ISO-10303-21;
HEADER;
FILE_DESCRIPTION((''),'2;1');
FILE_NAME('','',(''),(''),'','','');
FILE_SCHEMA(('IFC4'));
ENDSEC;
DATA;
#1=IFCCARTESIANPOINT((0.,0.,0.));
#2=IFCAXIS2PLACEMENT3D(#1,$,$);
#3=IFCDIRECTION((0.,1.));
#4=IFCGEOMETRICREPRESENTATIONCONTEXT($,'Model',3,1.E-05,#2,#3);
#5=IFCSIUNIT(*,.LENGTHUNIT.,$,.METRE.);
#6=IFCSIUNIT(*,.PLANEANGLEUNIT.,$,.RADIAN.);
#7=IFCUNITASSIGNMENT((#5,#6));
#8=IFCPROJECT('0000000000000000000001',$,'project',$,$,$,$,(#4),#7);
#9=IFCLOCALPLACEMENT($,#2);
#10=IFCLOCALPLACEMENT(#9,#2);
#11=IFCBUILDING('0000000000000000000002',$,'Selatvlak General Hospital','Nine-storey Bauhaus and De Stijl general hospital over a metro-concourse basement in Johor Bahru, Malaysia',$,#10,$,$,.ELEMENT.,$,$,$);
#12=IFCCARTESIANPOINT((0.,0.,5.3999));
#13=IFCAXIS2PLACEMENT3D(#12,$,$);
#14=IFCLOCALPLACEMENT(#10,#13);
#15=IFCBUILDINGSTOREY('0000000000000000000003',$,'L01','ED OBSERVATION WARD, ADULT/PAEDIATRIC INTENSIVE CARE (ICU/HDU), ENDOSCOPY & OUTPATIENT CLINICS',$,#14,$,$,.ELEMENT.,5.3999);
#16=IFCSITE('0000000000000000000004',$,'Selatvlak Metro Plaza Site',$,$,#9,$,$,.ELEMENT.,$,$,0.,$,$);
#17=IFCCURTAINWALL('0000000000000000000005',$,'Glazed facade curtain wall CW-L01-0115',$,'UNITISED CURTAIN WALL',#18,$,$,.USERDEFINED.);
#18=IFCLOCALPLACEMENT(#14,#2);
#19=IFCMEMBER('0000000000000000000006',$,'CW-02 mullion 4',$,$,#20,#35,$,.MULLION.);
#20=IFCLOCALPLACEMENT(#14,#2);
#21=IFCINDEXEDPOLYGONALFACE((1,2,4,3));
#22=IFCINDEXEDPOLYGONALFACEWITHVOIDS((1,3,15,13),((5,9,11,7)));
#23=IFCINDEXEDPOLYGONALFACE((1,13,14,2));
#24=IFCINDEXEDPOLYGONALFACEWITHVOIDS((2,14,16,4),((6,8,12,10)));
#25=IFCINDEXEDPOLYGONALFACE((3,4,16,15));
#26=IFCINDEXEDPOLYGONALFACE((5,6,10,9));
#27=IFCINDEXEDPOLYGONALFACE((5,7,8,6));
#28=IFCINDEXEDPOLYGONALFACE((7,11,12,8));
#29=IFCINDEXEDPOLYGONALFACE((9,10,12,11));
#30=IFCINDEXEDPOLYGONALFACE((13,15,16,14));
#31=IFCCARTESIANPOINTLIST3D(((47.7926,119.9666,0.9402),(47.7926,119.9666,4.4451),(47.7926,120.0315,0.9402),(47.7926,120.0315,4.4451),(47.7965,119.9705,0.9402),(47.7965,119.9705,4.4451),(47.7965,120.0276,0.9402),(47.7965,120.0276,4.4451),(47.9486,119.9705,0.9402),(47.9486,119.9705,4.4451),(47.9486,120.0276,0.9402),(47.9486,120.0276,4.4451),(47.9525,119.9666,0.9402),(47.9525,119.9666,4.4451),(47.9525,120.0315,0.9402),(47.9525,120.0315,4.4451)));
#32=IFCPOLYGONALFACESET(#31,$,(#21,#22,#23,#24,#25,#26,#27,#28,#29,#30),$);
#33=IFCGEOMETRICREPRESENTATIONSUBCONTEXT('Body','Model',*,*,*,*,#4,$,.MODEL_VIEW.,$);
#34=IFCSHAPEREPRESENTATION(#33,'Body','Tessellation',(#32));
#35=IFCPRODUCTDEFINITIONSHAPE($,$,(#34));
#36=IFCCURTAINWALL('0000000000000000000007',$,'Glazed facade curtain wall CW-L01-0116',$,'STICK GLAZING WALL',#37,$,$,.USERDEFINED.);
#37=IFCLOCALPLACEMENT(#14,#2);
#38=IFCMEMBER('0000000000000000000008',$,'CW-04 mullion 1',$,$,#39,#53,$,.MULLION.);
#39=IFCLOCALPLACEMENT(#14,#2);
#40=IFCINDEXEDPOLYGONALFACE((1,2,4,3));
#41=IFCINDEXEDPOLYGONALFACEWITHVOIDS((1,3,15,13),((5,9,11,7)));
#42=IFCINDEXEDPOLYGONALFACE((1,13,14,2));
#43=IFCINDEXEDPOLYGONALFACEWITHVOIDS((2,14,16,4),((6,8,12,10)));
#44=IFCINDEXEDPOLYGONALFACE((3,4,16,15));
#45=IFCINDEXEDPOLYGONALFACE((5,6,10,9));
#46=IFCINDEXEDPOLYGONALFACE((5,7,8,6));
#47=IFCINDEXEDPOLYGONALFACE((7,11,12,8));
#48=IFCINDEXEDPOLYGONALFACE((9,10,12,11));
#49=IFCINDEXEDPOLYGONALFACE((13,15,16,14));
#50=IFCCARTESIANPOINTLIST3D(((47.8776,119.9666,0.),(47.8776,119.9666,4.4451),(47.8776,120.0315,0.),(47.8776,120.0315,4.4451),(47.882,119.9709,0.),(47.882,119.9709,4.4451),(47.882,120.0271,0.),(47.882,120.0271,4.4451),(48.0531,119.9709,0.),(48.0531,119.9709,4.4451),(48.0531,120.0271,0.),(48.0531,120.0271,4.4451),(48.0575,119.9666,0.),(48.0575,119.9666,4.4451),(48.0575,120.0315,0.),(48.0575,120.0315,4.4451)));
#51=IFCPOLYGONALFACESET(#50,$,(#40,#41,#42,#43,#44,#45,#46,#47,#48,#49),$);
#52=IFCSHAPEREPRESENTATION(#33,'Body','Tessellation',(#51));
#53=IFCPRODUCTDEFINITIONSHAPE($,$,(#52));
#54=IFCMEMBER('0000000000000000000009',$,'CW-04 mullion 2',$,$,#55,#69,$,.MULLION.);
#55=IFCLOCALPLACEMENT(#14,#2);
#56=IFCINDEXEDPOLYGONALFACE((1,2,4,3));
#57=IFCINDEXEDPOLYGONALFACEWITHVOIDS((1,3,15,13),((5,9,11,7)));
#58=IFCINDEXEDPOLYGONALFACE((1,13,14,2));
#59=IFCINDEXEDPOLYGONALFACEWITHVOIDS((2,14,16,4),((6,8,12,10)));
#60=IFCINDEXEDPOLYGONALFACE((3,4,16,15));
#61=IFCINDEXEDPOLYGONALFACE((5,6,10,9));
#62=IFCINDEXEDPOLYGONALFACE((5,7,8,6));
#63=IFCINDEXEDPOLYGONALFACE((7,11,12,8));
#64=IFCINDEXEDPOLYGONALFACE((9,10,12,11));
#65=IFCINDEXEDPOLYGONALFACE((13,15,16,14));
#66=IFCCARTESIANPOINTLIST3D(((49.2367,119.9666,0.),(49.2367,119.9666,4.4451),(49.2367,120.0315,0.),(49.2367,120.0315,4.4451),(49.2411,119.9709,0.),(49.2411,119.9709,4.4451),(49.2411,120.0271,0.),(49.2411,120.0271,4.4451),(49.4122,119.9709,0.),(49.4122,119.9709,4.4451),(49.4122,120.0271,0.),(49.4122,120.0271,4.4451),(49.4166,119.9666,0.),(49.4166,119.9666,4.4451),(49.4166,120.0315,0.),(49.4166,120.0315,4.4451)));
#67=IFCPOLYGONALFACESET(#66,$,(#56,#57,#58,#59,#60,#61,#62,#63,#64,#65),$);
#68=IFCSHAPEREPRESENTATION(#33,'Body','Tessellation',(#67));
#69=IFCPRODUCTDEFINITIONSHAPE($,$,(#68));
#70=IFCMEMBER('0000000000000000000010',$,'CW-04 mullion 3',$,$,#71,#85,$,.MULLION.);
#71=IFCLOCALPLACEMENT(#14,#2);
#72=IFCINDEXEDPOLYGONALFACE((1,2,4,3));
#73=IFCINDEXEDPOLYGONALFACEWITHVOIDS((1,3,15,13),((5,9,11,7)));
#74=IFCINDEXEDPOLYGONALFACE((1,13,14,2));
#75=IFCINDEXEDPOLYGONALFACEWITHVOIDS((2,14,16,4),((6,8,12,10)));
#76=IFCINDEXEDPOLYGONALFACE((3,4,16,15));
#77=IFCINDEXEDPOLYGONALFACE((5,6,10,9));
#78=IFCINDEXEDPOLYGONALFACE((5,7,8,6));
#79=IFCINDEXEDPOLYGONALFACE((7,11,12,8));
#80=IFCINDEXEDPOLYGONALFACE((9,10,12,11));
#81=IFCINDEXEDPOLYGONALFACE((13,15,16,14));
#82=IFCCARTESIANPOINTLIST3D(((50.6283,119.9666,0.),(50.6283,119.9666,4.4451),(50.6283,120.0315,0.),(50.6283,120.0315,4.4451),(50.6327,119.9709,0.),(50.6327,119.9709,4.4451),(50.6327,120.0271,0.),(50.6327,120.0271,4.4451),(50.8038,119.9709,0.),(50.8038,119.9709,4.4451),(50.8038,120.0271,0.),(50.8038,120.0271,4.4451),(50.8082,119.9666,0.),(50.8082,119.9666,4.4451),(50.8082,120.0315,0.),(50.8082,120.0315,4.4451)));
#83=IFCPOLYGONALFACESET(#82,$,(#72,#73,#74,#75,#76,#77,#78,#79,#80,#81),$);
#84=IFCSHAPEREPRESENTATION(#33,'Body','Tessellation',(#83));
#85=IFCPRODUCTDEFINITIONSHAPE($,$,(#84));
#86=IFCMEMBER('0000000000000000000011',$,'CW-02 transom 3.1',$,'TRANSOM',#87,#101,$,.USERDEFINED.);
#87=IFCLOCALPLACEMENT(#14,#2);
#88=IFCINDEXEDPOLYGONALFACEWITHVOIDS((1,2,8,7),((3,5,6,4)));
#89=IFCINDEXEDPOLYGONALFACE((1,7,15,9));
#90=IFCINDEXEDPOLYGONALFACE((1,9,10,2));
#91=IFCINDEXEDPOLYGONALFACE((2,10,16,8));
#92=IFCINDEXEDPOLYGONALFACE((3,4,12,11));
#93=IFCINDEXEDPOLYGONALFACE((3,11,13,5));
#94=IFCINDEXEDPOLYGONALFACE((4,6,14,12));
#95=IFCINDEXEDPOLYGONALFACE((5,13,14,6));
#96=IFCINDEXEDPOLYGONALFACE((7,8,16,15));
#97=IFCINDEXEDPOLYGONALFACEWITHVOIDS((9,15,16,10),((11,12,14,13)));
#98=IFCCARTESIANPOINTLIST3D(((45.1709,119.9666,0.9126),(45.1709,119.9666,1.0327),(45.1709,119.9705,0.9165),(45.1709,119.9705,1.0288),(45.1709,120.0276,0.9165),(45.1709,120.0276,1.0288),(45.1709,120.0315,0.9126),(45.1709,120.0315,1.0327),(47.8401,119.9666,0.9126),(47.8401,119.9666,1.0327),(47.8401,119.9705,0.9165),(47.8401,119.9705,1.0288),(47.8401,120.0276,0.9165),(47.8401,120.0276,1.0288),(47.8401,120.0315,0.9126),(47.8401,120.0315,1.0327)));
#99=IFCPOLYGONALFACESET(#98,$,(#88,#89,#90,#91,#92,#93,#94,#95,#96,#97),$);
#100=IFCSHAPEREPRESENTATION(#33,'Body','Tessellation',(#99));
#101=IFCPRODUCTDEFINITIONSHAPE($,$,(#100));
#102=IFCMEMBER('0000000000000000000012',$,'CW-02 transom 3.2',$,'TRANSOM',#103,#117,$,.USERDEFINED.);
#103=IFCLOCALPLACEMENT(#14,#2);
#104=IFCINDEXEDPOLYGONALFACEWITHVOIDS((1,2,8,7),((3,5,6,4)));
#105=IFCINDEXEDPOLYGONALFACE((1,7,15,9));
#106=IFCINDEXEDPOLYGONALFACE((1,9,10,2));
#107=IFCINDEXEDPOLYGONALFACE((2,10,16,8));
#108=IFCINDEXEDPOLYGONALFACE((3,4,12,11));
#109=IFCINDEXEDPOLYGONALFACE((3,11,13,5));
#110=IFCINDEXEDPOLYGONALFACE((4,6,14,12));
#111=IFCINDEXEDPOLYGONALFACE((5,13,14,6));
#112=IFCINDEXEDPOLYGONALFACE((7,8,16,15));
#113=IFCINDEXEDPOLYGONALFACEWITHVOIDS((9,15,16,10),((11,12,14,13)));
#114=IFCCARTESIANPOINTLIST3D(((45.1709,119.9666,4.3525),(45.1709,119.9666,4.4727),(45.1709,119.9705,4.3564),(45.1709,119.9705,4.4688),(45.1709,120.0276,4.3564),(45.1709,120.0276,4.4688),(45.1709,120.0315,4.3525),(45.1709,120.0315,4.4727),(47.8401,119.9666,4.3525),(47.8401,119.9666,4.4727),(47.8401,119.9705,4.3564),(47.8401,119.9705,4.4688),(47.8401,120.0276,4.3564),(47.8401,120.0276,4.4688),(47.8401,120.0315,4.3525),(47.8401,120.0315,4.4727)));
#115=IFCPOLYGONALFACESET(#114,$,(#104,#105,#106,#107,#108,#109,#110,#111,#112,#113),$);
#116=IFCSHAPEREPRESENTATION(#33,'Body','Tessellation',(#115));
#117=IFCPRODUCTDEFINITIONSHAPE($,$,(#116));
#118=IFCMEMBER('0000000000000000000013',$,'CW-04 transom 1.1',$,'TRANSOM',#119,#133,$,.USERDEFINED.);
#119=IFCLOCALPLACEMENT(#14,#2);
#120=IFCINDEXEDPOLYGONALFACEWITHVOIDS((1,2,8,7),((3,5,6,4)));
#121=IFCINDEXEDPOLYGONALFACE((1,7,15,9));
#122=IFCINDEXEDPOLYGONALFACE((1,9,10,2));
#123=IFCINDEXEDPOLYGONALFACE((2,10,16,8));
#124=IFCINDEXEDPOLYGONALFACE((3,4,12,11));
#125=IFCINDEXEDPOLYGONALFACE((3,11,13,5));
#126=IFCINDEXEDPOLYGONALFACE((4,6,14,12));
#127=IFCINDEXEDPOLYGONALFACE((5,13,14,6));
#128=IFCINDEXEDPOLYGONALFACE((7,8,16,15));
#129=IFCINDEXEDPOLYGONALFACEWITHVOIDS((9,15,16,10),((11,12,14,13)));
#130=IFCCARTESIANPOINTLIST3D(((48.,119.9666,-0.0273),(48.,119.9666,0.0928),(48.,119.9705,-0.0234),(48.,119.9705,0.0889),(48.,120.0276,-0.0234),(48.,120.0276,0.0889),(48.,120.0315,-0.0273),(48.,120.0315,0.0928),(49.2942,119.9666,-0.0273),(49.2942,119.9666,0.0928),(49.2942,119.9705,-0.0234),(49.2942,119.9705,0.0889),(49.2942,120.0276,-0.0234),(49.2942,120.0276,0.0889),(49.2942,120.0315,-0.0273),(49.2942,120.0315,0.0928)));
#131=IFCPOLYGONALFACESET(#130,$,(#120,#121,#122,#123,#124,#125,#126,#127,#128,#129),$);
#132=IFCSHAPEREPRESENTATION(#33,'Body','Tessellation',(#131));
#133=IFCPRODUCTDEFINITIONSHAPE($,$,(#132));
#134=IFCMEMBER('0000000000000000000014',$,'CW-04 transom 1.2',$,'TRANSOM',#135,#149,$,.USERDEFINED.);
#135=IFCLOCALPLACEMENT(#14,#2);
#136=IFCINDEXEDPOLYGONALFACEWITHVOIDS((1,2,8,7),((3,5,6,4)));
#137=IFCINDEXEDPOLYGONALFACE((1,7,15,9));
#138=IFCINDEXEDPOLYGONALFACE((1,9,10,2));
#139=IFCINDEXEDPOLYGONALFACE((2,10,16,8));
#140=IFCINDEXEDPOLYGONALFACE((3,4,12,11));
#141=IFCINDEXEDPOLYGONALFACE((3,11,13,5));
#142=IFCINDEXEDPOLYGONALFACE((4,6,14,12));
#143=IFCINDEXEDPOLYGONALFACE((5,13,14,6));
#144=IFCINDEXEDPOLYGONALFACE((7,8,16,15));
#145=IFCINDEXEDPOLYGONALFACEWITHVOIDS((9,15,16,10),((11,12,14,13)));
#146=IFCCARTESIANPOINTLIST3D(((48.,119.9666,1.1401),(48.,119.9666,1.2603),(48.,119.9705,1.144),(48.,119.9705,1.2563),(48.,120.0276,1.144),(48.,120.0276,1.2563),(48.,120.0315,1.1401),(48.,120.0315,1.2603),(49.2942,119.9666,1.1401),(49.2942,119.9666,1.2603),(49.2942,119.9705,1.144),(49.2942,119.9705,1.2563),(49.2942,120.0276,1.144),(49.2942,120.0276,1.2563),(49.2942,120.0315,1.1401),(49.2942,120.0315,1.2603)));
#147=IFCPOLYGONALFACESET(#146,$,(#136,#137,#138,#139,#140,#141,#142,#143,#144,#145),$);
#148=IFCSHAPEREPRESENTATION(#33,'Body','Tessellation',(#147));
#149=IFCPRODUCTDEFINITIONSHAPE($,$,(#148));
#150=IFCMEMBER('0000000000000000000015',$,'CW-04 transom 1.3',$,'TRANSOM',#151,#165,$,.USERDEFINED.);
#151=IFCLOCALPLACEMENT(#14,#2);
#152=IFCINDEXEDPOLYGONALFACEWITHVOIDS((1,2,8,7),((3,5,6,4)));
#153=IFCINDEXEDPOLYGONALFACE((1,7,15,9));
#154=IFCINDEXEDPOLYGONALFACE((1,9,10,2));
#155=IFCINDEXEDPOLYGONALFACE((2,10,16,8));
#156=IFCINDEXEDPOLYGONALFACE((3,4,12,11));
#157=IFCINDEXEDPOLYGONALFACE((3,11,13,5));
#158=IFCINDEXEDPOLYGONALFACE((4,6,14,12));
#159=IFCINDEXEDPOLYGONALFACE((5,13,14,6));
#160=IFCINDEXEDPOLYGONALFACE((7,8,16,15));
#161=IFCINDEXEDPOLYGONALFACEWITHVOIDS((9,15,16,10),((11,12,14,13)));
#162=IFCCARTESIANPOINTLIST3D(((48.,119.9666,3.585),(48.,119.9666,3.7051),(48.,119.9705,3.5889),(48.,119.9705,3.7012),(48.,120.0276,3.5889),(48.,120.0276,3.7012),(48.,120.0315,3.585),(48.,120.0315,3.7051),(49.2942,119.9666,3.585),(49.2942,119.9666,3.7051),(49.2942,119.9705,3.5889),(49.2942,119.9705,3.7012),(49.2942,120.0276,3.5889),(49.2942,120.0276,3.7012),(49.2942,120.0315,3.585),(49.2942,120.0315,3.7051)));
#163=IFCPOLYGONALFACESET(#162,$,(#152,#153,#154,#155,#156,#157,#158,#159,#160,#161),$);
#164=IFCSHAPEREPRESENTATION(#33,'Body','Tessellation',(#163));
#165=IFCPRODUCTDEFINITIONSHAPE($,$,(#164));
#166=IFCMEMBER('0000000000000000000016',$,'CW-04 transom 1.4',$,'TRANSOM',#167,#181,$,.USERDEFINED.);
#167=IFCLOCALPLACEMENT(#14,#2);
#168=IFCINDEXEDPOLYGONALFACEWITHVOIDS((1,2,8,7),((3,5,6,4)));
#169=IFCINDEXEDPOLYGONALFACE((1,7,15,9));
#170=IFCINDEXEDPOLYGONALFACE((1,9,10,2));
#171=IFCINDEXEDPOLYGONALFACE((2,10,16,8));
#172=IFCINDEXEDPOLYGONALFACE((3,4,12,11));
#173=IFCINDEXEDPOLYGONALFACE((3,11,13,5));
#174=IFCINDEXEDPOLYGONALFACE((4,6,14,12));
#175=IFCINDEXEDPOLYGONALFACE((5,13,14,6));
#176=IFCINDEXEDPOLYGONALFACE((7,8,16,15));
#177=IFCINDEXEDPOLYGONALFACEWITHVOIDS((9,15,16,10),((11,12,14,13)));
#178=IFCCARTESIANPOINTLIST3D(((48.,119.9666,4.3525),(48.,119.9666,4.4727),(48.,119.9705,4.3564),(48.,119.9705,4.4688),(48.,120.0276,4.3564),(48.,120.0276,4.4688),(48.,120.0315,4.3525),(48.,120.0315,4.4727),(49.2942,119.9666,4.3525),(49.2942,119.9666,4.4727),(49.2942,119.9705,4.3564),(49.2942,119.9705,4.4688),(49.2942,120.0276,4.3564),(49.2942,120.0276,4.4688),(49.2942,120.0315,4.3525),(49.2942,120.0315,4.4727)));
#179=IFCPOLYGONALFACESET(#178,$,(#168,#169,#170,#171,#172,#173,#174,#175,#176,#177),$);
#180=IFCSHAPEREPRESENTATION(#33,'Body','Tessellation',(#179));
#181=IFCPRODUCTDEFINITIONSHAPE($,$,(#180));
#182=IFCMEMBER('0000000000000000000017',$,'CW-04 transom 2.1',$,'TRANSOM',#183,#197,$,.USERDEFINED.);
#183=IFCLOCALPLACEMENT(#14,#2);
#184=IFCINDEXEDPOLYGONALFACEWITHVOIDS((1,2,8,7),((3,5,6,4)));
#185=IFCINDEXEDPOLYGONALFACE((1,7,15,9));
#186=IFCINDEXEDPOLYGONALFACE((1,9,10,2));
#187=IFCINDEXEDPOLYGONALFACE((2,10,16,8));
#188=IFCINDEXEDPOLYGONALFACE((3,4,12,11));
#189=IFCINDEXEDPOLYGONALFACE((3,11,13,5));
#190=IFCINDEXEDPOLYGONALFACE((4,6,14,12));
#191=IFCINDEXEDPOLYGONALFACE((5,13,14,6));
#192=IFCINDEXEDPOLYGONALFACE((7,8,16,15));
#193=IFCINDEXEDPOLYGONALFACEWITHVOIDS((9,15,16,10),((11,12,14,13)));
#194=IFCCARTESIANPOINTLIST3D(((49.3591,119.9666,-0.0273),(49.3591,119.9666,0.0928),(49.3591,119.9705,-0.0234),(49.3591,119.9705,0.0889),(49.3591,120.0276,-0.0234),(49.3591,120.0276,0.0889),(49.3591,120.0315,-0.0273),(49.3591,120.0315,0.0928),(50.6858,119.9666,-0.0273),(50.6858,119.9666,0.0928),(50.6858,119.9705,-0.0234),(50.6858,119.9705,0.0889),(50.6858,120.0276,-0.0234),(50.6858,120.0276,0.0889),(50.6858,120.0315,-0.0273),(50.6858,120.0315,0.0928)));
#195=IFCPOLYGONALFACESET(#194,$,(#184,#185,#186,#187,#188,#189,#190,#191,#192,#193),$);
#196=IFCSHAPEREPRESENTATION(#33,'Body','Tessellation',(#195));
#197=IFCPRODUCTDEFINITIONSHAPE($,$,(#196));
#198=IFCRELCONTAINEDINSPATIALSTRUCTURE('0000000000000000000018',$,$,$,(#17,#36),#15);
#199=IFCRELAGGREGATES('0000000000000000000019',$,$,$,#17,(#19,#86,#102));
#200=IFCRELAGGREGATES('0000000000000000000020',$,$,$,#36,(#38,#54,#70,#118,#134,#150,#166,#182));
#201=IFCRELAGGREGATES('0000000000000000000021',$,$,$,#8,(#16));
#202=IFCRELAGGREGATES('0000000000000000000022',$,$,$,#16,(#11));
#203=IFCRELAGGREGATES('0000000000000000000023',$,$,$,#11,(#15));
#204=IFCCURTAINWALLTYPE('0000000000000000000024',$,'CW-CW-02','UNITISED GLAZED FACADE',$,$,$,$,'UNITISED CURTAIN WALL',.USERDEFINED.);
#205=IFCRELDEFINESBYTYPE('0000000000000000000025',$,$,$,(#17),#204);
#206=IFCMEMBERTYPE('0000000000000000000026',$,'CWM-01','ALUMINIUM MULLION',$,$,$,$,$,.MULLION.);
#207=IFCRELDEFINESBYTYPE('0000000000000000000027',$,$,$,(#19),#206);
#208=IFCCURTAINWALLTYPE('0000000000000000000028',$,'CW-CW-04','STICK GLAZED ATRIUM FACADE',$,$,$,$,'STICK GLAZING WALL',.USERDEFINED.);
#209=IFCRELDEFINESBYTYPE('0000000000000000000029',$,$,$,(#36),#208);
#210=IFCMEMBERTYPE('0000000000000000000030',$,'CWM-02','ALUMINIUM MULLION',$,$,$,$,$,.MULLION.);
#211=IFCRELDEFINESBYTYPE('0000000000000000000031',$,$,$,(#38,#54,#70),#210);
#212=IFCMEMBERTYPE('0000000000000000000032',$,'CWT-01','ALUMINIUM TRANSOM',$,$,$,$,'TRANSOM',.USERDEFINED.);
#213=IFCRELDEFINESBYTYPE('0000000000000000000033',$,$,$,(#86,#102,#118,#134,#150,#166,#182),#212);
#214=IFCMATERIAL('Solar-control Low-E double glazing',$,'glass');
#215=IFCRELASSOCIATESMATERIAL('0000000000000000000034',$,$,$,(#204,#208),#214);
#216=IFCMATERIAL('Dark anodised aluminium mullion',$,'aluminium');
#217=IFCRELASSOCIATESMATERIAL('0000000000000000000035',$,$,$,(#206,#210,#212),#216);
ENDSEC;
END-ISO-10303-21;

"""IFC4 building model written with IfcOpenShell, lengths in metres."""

from ifc_helpers import new_model, si_unit, direction, frame, origin, origin_2d, place, context, subcontext, project, spatial, hollow_rectangle, extrude, material, material_profile, profile_set, type_object, element, aggregate, save


model = new_model("IFC4")

# Units and contexts
model_context = context("Model", 3, precision=1e-05, world=origin(), true_north=direction((0.0, 1.0)))
body_context = subcontext(model_context, "Body", "Model", "MODEL_VIEW")
ifc_project = project(units=[si_unit("LENGTHUNIT", "METRE"), si_unit("PLANEANGLEUNIT", "RADIAN")], contexts=[model_context])

# Site, building, storey
site_placement = place(None, origin())
site = spatial("IfcSite", under=ifc_project, at=site_placement, Name="Selatvlak Metro Plaza Site", CompositionType="ELEMENT", RefElevation=0.0)
building_placement = place(site_placement, origin())
building = spatial("IfcBuilding", under=site, at=building_placement, Name="Selatvlak General Hospital", Description="Nine-storey Bauhaus and De Stijl general hospital over a metro-concourse basement in Johor Bahru, Malaysia", CompositionType="ELEMENT")
storey_placement = place(building_placement, frame((0.0, 0.0, 5.3999)))
storey = spatial("IfcBuildingStorey", under=building, at=storey_placement, Name="L01", Description="ED OBSERVATION WARD, ADULT/PAEDIATRIC INTENSIVE CARE (ICU/HDU), ENDOSCOPY & OUTPATIENT CLINICS", CompositionType="ELEMENT", Elevation=5.3999)

# Curtain wall, member
ifc_material_1 = material(Name="Solar-control Low-E double glazing", Category="glass")
curtain_wall_type_1 = type_object("IfcCurtainWallType", Name="CW-CW-02", Description="UNITISED GLAZED FACADE", ElementType="UNITISED CURTAIN WALL", PredefinedType="USERDEFINED", material=ifc_material_1)
curtain_wall_1_placement = place(storey_placement, origin())
curtain_wall_1 = element("IfcCurtainWall", 1, at=curtain_wall_1_placement, inside=storey, type_object=curtain_wall_type_1, Name="Glazed facade curtain wall CW-L01-0115", ObjectType="UNITISED CURTAIN WALL", PredefinedType="USERDEFINED")
ifc_material_2 = material(Name="Dark anodised aluminium mullion", Category="aluminium")
ifc_material_profile_1 = material_profile(ifc_material_2, hollow_rectangle(XDim=0.0649, YDim=0.1599, WallThickness=0.0039, at=origin_2d()), Name="AL-MUL 65x160x4")
ifc_profile_set_1 = profile_set([ifc_material_profile_1], Name="Dark anodised aluminium mullion")
member_type_1 = type_object("IfcMemberType", Name="CWM-01", Description="ALUMINIUM MULLION", PredefinedType="MULLION", material=ifc_profile_set_1)
member_1_placement = place(storey_placement, frame((47.8726, 119.999, 0.9402), z_axis=(0.0, 0.0, 1.0), x_axis=(0.0, 1.0, 0.0)))
member_1 = element("IfcMember", 2, at=member_1_placement, type_object=member_type_1, Name="CW-02 mullion 4", PredefinedType="MULLION", context=body_context, shape_type="SweptSolid", body=[
    extrude(hollow_rectangle(XDim=0.0649, YDim=0.1599, WallThickness=0.0039, at=origin_2d()), origin(), (0.0, 0.0, 1.0), 3.5049),
])

# Curtain wall, members
curtain_wall_type_2 = type_object("IfcCurtainWallType", Name="CW-CW-04", Description="STICK GLAZED ATRIUM FACADE", ElementType="STICK GLAZING WALL", PredefinedType="USERDEFINED", material=ifc_material_1)
curtain_wall_2_placement = place(storey_placement, origin())
curtain_wall_2 = element("IfcCurtainWall", 3, at=curtain_wall_2_placement, inside=storey, type_object=curtain_wall_type_2, Name="Glazed facade curtain wall CW-L01-0116", ObjectType="STICK GLAZING WALL", PredefinedType="USERDEFINED")
ifc_material_profile_2 = material_profile(ifc_material_2, hollow_rectangle(XDim=0.0649, YDim=0.1799, WallThickness=0.0044, at=origin_2d()), Name="AL-MUL 65x180x4.5")
ifc_profile_set_2 = profile_set([ifc_material_profile_2], Name="Dark anodised aluminium mullion")
member_type_2 = type_object("IfcMemberType", Name="CWM-02", Description="ALUMINIUM MULLION", PredefinedType="MULLION", material=ifc_profile_set_2)
member_2_placement = place(storey_placement, frame((47.9675, 119.999, 0.0), z_axis=(0.0, 0.0, 1.0), x_axis=(0.0, 1.0, 0.0)))
member_2 = element("IfcMember", 4, at=member_2_placement, type_object=member_type_2, Name="CW-04 mullion 1", PredefinedType="MULLION", context=body_context, shape_type="SweptSolid", body=[
    extrude(hollow_rectangle(XDim=0.0649, YDim=0.1799, WallThickness=0.0044, at=origin_2d()), origin(), (0.0, 0.0, 1.0), 4.4451),
])
member_3_placement = place(storey_placement, frame((49.3267, 119.999, 0.0), z_axis=(0.0, 0.0, 1.0), x_axis=(0.0, 1.0, 0.0)))
member_3 = element("IfcMember", 5, at=member_3_placement, type_object=member_type_2, Name="CW-04 mullion 2", PredefinedType="MULLION", context=body_context, shape_type="SweptSolid", body=[
    extrude(hollow_rectangle(XDim=0.0649, YDim=0.1799, WallThickness=0.0044, at=origin_2d()), origin(), (0.0, 0.0, 1.0), 4.4451),
])
member_4_placement = place(storey_placement, frame((50.7183, 119.999, 0.0), z_axis=(0.0, 0.0, 1.0), x_axis=(0.0, 1.0, 0.0)))
member_4 = element("IfcMember", 6, at=member_4_placement, type_object=member_type_2, Name="CW-04 mullion 3", PredefinedType="MULLION", context=body_context, shape_type="SweptSolid", body=[
    extrude(hollow_rectangle(XDim=0.0649, YDim=0.1799, WallThickness=0.0044, at=origin_2d()), origin(), (0.0, 0.0, 1.0), 4.4451),
])

# Members
ifc_material_profile_3 = material_profile(ifc_material_2, hollow_rectangle(XDim=0.0649, YDim=0.1201, WallThickness=0.0039, at=origin_2d()), Name="AL-TRN 65x120x4")
ifc_profile_set_3 = profile_set([ifc_material_profile_3], Name="Dark anodised aluminium mullion")
member_type_3 = type_object("IfcMemberType", Name="CWT-01", Description="ALUMINIUM TRANSOM", ElementType="TRANSOM", PredefinedType="USERDEFINED", material=ifc_profile_set_3)
member_5_placement = place(storey_placement, frame((45.1709, 119.999, 0.9727), z_axis=(1.0, 0.0, 0.0), x_axis=(0.0, 1.0, 0.0)))
member_5 = element("IfcMember", 7, at=member_5_placement, type_object=member_type_3, Name="CW-02 transom 3.1", ObjectType="TRANSOM", PredefinedType="USERDEFINED", context=body_context, shape_type="SweptSolid", body=[
    extrude(hollow_rectangle(XDim=0.0649, YDim=0.1201, WallThickness=0.0039, at=origin_2d()), origin(), (0.0, 0.0, 1.0), 2.6692),
])
member_6_placement = place(storey_placement, frame((45.1709, 119.999, 4.4126), z_axis=(1.0, 0.0, 0.0), x_axis=(0.0, 1.0, 0.0)))
member_6 = element("IfcMember", 8, at=member_6_placement, type_object=member_type_3, Name="CW-02 transom 3.2", ObjectType="TRANSOM", PredefinedType="USERDEFINED", context=body_context, shape_type="SweptSolid", body=[
    extrude(hollow_rectangle(XDim=0.0649, YDim=0.1201, WallThickness=0.0039, at=origin_2d()), origin(), (0.0, 0.0, 1.0), 2.6692),
])
member_7_placement = place(storey_placement, frame((48.0, 119.999, 0.0327), z_axis=(1.0, 0.0, 0.0), x_axis=(0.0, 1.0, 0.0)))
member_7 = element("IfcMember", 9, at=member_7_placement, type_object=member_type_3, Name="CW-04 transom 1.1", ObjectType="TRANSOM", PredefinedType="USERDEFINED", context=body_context, shape_type="SweptSolid", body=[
    extrude(hollow_rectangle(XDim=0.0649, YDim=0.1201, WallThickness=0.0039, at=origin_2d()), origin(), (0.0, 0.0, 1.0), 1.2942),
])
member_8_placement = place(storey_placement, frame((48.0, 119.999, 1.2002), z_axis=(1.0, 0.0, 0.0), x_axis=(0.0, 1.0, 0.0)))
member_8 = element("IfcMember", 10, at=member_8_placement, type_object=member_type_3, Name="CW-04 transom 1.2", ObjectType="TRANSOM", PredefinedType="USERDEFINED", context=body_context, shape_type="SweptSolid", body=[
    extrude(hollow_rectangle(XDim=0.0649, YDim=0.1201, WallThickness=0.0039, at=origin_2d()), origin(), (0.0, 0.0, 1.0), 1.2942),
])
member_9_placement = place(storey_placement, frame((48.0, 119.999, 3.645), z_axis=(1.0, 0.0, 0.0), x_axis=(0.0, 1.0, 0.0)))
member_9 = element("IfcMember", 11, at=member_9_placement, type_object=member_type_3, Name="CW-04 transom 1.3", ObjectType="TRANSOM", PredefinedType="USERDEFINED", context=body_context, shape_type="SweptSolid", body=[
    extrude(hollow_rectangle(XDim=0.0649, YDim=0.1201, WallThickness=0.0039, at=origin_2d()), origin(), (0.0, 0.0, 1.0), 1.2942),
])
member_10_placement = place(storey_placement, frame((48.0, 119.999, 4.4126), z_axis=(1.0, 0.0, 0.0), x_axis=(0.0, 1.0, 0.0)))
member_10 = element("IfcMember", 12, at=member_10_placement, type_object=member_type_3, Name="CW-04 transom 1.4", ObjectType="TRANSOM", PredefinedType="USERDEFINED", context=body_context, shape_type="SweptSolid", body=[
    extrude(hollow_rectangle(XDim=0.0649, YDim=0.1201, WallThickness=0.0039, at=origin_2d()), origin(), (0.0, 0.0, 1.0), 1.2942),
])
member_11_placement = place(storey_placement, frame((49.3591, 119.999, 0.0327), z_axis=(1.0, 0.0, 0.0), x_axis=(0.0, 1.0, 0.0)))
member_11 = element("IfcMember", 13, at=member_11_placement, type_object=member_type_3, Name="CW-04 transom 2.1", ObjectType="TRANSOM", PredefinedType="USERDEFINED", context=body_context, shape_type="SweptSolid", body=[
    extrude(hollow_rectangle(XDim=0.0649, YDim=0.1201, WallThickness=0.0039, at=origin_2d()), origin(), (0.0, 0.0, 1.0), 1.3267),
])

aggregate(curtain_wall_1, [member_1, member_5, member_6])
aggregate(curtain_wall_2, [member_2, member_3, member_4, member_7, member_8, member_9, member_10, member_11])

save(model, "model.ifc")
